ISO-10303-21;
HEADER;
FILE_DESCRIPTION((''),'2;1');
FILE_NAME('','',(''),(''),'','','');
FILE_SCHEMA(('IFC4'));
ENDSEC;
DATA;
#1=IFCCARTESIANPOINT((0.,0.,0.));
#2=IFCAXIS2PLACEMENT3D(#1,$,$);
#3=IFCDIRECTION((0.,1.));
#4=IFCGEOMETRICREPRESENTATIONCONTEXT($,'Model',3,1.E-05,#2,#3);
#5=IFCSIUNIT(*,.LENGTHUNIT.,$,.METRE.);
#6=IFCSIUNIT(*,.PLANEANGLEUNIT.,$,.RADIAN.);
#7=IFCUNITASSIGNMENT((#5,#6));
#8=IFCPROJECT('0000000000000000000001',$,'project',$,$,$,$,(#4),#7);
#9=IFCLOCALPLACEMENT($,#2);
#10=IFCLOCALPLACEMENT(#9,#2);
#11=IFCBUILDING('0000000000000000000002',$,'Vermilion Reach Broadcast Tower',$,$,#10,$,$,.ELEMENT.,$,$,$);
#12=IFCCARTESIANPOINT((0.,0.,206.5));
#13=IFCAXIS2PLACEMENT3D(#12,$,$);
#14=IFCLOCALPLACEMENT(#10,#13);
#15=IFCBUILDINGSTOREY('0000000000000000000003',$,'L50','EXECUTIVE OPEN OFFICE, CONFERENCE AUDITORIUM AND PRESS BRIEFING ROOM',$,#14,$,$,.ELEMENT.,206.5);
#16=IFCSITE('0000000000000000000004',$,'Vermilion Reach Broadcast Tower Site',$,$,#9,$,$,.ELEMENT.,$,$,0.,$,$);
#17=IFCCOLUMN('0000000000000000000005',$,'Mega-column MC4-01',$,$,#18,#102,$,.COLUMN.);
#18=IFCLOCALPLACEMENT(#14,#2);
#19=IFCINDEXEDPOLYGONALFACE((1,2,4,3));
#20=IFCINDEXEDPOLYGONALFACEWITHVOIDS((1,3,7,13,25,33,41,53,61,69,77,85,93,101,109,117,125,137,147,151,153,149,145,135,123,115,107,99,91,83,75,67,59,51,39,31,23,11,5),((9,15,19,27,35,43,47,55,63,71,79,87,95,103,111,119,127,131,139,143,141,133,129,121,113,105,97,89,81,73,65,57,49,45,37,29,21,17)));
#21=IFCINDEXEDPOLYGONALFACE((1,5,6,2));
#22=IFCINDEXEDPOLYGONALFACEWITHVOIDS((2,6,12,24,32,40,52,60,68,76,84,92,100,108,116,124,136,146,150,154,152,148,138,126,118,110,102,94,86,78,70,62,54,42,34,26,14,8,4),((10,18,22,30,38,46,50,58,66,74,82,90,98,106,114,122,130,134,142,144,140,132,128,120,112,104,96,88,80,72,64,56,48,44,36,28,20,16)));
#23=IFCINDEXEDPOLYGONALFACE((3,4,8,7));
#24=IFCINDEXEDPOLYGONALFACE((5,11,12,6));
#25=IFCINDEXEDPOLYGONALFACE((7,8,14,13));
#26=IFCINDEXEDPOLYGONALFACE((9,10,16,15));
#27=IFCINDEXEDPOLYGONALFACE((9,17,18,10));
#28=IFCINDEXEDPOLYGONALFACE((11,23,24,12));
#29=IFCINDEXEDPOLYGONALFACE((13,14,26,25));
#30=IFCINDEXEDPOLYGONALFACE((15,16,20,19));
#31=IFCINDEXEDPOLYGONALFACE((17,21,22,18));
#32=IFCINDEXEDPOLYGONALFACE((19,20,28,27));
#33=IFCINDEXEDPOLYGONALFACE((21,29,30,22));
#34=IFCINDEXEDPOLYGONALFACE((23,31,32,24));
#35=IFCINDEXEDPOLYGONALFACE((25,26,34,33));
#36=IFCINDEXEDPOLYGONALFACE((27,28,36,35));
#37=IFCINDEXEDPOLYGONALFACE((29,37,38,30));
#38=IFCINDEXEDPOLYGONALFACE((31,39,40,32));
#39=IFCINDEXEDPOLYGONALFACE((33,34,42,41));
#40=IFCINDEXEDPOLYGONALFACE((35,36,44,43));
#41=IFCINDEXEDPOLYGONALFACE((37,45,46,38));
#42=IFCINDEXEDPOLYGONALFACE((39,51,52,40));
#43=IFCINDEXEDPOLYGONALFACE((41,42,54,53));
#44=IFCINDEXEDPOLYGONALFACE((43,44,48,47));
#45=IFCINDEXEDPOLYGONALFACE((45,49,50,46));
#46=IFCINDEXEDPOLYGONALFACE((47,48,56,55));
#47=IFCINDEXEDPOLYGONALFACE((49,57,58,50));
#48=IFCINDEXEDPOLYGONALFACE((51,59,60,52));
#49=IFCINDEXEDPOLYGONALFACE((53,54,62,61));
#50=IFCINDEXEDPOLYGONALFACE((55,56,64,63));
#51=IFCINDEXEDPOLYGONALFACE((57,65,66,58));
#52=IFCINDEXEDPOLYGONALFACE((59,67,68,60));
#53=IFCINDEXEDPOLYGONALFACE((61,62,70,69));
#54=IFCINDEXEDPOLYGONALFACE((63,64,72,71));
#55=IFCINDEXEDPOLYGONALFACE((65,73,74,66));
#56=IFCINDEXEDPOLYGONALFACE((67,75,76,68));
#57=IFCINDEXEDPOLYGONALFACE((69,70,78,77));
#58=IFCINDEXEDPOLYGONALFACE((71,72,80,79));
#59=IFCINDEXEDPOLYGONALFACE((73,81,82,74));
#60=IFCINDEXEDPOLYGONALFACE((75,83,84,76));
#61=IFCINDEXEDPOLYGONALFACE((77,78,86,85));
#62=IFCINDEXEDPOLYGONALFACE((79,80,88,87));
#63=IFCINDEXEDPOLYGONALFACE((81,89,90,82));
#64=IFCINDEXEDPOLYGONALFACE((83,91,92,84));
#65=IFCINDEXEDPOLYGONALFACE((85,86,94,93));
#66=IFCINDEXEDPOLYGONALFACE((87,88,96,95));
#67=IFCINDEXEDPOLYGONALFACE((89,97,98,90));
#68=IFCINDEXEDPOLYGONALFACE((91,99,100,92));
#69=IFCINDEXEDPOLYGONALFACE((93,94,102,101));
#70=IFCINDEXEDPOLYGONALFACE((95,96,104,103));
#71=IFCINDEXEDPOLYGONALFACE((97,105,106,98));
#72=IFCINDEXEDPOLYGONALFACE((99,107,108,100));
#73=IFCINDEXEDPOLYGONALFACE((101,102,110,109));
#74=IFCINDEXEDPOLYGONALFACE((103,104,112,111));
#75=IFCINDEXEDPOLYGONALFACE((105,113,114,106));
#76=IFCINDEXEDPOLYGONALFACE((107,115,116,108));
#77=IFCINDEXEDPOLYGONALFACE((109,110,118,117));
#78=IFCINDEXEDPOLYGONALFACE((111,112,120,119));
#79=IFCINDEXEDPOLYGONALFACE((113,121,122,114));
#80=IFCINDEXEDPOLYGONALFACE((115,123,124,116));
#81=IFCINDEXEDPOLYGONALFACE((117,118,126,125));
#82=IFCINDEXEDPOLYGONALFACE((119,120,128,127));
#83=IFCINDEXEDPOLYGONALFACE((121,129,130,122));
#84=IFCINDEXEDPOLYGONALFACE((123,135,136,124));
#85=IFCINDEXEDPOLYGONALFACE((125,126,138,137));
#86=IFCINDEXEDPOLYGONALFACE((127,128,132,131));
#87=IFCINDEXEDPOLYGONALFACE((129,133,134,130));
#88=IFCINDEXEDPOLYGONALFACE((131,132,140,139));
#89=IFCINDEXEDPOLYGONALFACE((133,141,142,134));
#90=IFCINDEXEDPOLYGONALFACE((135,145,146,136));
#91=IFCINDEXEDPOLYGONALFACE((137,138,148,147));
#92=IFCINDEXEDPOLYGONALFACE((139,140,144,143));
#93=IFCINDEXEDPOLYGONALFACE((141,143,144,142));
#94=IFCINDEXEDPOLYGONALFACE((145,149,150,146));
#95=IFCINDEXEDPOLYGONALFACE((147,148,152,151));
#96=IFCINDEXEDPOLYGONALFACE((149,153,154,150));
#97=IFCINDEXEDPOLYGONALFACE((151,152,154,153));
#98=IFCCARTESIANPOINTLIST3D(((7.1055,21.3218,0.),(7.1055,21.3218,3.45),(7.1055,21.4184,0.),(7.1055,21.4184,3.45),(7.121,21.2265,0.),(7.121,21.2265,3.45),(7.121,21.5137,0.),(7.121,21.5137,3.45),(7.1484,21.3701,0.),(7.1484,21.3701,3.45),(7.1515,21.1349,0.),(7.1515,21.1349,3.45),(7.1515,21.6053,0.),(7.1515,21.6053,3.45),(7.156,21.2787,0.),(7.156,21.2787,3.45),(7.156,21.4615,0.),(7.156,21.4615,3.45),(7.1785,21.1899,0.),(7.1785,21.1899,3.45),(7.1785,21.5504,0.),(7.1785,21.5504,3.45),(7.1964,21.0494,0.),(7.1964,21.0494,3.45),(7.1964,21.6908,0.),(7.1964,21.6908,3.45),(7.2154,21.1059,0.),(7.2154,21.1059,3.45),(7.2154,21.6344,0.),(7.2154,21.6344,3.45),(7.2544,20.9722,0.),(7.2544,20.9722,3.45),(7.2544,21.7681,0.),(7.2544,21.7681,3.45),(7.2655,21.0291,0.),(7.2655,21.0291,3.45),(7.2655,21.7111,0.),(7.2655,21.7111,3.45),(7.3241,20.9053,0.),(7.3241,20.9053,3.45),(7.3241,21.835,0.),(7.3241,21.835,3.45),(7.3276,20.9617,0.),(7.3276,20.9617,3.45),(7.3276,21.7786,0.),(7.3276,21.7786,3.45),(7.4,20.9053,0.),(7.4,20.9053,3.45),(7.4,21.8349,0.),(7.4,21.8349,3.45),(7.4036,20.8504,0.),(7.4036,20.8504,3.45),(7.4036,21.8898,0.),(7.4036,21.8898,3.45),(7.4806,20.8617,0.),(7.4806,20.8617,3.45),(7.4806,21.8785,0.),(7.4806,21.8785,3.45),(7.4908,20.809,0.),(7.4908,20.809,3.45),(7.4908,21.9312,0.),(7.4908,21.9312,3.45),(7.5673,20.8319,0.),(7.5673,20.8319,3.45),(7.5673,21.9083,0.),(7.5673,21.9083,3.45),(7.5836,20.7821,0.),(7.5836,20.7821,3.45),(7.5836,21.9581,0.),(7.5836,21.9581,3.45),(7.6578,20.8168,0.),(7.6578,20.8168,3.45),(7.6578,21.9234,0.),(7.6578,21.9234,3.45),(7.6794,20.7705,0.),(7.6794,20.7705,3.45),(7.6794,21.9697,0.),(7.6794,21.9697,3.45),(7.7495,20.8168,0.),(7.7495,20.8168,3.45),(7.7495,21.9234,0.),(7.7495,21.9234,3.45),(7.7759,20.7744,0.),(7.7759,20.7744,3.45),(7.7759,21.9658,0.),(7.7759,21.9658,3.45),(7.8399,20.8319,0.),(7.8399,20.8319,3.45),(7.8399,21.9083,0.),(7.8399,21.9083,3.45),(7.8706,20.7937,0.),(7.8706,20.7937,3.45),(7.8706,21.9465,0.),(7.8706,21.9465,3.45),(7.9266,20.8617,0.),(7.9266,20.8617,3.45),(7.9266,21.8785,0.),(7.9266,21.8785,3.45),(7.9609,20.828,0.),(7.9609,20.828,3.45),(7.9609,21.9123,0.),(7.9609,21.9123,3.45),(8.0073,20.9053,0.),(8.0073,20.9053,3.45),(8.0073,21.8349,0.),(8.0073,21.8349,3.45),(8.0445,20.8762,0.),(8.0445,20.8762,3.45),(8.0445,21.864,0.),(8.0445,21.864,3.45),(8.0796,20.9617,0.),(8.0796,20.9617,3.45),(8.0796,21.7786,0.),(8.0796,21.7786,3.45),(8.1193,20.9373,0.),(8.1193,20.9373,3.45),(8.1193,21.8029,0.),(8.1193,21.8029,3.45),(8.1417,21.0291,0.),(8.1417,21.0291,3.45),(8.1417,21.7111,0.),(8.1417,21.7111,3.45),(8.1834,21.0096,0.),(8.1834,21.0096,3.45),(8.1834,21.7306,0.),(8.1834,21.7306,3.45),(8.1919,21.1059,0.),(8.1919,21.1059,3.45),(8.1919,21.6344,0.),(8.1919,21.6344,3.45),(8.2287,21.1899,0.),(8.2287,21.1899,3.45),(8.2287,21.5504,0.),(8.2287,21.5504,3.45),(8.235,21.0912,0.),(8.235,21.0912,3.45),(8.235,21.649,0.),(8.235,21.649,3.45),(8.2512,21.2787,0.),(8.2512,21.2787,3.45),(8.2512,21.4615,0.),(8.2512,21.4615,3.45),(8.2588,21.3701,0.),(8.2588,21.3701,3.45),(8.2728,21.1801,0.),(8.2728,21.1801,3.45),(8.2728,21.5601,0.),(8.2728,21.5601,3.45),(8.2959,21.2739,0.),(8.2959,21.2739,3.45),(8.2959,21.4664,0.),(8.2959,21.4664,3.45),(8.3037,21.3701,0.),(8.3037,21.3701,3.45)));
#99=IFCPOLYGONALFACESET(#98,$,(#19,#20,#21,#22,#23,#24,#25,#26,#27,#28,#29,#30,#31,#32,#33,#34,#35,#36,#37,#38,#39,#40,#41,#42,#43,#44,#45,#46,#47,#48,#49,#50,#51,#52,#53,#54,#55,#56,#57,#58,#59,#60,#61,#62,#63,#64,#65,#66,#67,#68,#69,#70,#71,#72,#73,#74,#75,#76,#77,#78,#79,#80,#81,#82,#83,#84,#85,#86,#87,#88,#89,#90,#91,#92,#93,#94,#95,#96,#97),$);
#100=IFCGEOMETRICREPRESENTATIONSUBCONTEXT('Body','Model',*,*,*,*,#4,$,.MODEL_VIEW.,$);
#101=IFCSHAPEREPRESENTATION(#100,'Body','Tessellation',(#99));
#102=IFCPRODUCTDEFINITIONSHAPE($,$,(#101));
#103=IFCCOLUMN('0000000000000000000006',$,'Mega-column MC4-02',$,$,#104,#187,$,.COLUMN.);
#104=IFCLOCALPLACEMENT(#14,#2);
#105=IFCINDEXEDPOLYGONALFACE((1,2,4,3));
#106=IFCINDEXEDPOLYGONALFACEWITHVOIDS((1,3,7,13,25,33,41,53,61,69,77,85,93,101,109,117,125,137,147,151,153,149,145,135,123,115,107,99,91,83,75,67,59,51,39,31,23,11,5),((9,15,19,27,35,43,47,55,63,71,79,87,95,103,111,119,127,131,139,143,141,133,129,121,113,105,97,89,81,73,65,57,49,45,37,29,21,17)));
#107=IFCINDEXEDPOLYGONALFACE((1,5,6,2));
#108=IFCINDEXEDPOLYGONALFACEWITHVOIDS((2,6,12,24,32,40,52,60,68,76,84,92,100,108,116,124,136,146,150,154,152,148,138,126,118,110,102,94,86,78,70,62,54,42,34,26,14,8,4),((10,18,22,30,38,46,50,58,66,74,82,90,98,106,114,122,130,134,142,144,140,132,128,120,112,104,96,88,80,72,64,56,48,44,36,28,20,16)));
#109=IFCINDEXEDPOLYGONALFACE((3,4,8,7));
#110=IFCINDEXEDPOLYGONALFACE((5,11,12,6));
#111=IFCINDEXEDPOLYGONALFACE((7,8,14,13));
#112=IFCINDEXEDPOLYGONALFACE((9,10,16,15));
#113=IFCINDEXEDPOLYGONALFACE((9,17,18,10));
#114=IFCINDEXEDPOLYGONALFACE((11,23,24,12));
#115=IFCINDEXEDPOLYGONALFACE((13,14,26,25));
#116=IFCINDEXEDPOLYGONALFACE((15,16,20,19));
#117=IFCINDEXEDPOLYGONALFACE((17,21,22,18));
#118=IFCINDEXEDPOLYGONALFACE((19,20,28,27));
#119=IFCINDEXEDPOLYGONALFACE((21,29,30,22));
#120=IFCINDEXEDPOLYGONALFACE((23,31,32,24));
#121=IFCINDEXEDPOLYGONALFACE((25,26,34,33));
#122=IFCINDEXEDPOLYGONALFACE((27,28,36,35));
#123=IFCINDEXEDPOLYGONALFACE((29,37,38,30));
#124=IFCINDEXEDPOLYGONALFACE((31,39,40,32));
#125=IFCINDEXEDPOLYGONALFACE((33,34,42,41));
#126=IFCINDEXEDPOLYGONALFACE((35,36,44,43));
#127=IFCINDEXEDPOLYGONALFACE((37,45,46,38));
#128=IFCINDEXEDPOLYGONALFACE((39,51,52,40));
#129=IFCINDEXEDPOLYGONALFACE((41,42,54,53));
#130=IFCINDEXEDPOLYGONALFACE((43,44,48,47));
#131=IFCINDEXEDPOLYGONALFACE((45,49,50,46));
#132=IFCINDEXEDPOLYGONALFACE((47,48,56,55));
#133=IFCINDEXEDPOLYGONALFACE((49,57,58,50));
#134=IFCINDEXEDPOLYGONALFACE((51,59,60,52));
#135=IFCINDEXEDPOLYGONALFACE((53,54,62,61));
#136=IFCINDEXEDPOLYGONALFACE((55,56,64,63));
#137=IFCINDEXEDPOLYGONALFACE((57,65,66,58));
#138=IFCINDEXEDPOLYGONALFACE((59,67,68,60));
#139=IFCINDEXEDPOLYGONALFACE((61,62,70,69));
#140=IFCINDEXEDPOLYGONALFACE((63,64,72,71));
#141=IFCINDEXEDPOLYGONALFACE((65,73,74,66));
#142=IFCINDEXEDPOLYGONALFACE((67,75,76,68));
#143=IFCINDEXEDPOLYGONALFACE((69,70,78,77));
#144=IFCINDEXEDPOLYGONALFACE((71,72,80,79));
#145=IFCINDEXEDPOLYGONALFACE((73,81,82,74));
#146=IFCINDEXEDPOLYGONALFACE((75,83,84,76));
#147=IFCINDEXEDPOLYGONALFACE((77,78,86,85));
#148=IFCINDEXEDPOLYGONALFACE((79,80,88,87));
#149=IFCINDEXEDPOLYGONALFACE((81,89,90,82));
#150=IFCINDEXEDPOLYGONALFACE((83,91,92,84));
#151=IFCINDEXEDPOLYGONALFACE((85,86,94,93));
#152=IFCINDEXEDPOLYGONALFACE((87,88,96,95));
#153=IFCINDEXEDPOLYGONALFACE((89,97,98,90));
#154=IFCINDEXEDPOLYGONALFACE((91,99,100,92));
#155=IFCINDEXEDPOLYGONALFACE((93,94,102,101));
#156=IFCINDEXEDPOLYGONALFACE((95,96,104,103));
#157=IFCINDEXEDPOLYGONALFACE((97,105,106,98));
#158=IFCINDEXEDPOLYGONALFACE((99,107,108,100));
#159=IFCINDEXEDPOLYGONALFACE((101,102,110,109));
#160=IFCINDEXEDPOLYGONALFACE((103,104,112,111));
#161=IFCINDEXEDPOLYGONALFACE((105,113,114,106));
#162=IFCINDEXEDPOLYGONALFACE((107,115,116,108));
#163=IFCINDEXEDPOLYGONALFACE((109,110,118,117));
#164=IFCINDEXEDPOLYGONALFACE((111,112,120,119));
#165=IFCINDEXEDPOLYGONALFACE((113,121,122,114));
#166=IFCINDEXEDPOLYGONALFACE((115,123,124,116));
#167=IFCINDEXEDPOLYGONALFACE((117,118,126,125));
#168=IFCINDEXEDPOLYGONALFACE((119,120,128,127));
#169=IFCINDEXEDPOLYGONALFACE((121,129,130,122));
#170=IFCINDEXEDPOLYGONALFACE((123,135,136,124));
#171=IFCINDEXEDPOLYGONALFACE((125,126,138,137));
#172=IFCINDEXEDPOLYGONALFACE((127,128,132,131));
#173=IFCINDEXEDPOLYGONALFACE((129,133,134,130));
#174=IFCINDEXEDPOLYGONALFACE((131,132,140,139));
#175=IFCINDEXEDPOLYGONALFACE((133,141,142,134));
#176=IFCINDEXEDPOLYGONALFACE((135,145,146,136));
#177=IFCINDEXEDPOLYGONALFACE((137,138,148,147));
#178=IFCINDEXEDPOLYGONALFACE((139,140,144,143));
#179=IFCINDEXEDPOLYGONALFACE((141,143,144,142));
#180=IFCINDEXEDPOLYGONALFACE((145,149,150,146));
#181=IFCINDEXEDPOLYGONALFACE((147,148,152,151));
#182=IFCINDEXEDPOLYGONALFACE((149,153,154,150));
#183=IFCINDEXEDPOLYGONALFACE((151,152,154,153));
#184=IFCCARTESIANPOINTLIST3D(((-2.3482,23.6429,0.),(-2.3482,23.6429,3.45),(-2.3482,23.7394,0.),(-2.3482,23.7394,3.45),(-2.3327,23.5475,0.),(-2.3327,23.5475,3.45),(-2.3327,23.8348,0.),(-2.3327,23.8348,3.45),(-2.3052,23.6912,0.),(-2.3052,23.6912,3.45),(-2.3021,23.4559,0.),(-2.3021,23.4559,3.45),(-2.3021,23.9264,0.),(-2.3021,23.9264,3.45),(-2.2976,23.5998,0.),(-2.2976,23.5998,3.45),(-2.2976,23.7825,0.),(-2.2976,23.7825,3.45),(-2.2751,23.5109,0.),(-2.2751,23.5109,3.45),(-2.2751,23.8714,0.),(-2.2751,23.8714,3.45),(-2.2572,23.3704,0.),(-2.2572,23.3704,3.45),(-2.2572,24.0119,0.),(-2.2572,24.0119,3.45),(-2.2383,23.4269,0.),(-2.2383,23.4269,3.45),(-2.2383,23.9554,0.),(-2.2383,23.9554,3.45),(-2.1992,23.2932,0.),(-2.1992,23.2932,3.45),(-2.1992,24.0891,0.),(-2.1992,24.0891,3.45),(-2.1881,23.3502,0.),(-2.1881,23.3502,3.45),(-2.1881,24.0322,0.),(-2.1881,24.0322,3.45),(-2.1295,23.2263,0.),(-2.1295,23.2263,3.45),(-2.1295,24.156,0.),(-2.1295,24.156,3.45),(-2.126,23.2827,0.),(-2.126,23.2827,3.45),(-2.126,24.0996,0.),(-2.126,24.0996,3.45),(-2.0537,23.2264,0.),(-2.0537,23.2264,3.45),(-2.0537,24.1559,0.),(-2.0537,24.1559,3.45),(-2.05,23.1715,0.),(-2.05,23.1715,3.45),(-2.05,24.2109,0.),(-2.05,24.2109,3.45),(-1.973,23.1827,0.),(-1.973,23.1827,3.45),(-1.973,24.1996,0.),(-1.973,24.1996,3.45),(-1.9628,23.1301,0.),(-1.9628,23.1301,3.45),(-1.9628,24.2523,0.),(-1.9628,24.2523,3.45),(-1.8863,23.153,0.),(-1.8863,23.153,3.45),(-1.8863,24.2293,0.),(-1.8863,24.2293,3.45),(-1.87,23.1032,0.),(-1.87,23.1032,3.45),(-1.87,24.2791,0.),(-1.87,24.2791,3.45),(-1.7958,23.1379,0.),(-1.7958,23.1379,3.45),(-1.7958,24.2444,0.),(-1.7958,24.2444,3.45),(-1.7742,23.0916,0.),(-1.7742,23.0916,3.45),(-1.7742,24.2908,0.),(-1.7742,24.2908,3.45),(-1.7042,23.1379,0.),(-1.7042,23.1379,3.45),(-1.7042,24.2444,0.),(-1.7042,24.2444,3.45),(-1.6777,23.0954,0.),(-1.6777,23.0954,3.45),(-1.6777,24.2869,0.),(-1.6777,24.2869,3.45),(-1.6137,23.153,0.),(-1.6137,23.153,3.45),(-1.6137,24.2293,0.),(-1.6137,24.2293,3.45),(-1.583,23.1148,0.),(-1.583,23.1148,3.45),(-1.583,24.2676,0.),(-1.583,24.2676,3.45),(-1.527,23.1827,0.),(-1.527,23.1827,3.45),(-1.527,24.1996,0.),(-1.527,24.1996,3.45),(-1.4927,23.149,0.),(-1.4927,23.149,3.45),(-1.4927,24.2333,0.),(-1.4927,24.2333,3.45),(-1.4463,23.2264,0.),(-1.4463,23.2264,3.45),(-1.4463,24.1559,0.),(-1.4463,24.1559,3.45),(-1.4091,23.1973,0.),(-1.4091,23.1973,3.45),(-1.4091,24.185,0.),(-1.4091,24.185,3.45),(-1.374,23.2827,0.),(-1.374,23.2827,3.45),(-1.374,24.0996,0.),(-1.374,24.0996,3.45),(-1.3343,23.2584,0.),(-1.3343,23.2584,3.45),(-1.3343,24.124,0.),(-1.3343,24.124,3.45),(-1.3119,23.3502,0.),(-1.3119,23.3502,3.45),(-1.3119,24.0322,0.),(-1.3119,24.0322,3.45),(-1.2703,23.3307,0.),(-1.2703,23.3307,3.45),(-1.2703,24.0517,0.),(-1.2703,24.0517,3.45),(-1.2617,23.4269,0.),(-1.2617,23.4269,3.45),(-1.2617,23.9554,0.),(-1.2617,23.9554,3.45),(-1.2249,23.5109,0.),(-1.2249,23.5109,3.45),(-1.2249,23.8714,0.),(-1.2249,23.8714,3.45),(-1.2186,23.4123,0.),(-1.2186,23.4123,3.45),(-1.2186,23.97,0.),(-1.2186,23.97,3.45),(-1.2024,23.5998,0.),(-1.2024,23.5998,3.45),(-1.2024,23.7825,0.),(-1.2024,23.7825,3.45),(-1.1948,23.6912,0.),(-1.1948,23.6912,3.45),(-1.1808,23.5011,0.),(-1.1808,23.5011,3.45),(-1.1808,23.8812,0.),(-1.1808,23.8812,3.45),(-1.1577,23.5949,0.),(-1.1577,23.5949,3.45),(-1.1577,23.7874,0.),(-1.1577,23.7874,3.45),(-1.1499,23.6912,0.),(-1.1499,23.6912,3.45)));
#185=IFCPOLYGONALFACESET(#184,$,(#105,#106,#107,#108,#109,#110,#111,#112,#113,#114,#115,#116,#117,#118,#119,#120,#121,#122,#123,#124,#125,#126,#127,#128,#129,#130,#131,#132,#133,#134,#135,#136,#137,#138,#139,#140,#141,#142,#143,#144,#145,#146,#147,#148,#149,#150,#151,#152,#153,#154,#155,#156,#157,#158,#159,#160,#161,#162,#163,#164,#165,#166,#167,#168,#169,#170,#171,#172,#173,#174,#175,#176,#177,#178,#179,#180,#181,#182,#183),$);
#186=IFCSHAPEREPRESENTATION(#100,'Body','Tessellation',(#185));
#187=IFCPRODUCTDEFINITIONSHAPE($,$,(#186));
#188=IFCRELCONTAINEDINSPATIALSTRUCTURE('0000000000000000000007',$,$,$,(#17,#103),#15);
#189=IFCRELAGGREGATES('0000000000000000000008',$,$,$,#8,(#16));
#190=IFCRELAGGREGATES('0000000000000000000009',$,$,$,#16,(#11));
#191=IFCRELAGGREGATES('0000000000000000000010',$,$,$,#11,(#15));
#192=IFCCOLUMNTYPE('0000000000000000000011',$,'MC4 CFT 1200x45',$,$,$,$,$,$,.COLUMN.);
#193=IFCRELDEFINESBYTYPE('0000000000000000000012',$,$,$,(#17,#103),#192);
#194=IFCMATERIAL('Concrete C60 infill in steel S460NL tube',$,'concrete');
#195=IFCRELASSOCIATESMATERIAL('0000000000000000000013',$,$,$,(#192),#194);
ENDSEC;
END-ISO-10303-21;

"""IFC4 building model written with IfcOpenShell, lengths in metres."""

from ifc_helpers import new_model, si_unit, direction, frame, origin, origin_2d, place, context, subcontext, project, spatial, hollow_circle, extrude, material, material_profile, profile_set, type_object, element, save


model = new_model("IFC4")

# Units and contexts
model_context = context("Model", 3, precision=1e-05, world=origin(), true_north=direction((0.0, 1.0)))
body_context = subcontext(model_context, "Body", "Model", "MODEL_VIEW")
ifc_project = project(units=[si_unit("LENGTHUNIT", "METRE"), si_unit("PLANEANGLEUNIT", "RADIAN")], contexts=[model_context])

# Site, building, storey
site_placement = place(None, origin())
site = spatial("IfcSite", under=ifc_project, at=site_placement, Name="Vermilion Reach Broadcast Tower Site", CompositionType="ELEMENT", RefElevation=0.0)
building_placement = place(site_placement, origin())
building = spatial("IfcBuilding", under=site, at=building_placement, Name="Vermilion Reach Broadcast Tower", CompositionType="ELEMENT")
storey_placement = place(building_placement, frame((0.0, 0.0, 206.5)))
storey = spatial("IfcBuildingStorey", under=building, at=storey_placement, Name="L50", Description="EXECUTIVE OPEN OFFICE, CONFERENCE AUDITORIUM AND PRESS BRIEFING ROOM", CompositionType="ELEMENT", Elevation=206.5)

# Columns
ifc_material_1 = material(Name="Concrete C60 infill in steel S460NL tube", Category="concrete")
ifc_material_profile_1 = material_profile(ifc_material_1, hollow_circle(Radius=0.6001, WallThickness=0.0449, at=origin_2d()), Name="Concrete C60 infill in steel S460NL tube CFT 1200x45")
ifc_profile_set_1 = profile_set([ifc_material_profile_1], Name="Concrete C60 infill in steel S460NL tube")
column_type = type_object("IfcColumnType", Name="MC4 CFT 1200x45", PredefinedType="COLUMN", material=ifc_profile_set_1)
for number, where, z_axis, x_axis, name in (
    (1, (7.7036, 21.3701, 0.0), (0.0, 0.0, 1.0), (1.0, 0.0, 0.0), "Mega-column MC4-01"),
    (2, (-1.75, 23.6912, 0.0), (0.0, 0.0, 1.0), (1.0, 0.0, 0.0), "Mega-column MC4-02"),
):
    element("IfcColumn", number, at=place(storey_placement, frame(where, z_axis=z_axis, x_axis=x_axis)), inside=storey, type_object=column_type, Name=name, PredefinedType="COLUMN", context=body_context, shape_type="SweptSolid", body=[
        extrude(hollow_circle(Radius=0.6001, WallThickness=0.0449, at=origin_2d()), origin(), (0.0, 0.0, 1.0), 3.45),
    ])

save(model, "model.ifc")
